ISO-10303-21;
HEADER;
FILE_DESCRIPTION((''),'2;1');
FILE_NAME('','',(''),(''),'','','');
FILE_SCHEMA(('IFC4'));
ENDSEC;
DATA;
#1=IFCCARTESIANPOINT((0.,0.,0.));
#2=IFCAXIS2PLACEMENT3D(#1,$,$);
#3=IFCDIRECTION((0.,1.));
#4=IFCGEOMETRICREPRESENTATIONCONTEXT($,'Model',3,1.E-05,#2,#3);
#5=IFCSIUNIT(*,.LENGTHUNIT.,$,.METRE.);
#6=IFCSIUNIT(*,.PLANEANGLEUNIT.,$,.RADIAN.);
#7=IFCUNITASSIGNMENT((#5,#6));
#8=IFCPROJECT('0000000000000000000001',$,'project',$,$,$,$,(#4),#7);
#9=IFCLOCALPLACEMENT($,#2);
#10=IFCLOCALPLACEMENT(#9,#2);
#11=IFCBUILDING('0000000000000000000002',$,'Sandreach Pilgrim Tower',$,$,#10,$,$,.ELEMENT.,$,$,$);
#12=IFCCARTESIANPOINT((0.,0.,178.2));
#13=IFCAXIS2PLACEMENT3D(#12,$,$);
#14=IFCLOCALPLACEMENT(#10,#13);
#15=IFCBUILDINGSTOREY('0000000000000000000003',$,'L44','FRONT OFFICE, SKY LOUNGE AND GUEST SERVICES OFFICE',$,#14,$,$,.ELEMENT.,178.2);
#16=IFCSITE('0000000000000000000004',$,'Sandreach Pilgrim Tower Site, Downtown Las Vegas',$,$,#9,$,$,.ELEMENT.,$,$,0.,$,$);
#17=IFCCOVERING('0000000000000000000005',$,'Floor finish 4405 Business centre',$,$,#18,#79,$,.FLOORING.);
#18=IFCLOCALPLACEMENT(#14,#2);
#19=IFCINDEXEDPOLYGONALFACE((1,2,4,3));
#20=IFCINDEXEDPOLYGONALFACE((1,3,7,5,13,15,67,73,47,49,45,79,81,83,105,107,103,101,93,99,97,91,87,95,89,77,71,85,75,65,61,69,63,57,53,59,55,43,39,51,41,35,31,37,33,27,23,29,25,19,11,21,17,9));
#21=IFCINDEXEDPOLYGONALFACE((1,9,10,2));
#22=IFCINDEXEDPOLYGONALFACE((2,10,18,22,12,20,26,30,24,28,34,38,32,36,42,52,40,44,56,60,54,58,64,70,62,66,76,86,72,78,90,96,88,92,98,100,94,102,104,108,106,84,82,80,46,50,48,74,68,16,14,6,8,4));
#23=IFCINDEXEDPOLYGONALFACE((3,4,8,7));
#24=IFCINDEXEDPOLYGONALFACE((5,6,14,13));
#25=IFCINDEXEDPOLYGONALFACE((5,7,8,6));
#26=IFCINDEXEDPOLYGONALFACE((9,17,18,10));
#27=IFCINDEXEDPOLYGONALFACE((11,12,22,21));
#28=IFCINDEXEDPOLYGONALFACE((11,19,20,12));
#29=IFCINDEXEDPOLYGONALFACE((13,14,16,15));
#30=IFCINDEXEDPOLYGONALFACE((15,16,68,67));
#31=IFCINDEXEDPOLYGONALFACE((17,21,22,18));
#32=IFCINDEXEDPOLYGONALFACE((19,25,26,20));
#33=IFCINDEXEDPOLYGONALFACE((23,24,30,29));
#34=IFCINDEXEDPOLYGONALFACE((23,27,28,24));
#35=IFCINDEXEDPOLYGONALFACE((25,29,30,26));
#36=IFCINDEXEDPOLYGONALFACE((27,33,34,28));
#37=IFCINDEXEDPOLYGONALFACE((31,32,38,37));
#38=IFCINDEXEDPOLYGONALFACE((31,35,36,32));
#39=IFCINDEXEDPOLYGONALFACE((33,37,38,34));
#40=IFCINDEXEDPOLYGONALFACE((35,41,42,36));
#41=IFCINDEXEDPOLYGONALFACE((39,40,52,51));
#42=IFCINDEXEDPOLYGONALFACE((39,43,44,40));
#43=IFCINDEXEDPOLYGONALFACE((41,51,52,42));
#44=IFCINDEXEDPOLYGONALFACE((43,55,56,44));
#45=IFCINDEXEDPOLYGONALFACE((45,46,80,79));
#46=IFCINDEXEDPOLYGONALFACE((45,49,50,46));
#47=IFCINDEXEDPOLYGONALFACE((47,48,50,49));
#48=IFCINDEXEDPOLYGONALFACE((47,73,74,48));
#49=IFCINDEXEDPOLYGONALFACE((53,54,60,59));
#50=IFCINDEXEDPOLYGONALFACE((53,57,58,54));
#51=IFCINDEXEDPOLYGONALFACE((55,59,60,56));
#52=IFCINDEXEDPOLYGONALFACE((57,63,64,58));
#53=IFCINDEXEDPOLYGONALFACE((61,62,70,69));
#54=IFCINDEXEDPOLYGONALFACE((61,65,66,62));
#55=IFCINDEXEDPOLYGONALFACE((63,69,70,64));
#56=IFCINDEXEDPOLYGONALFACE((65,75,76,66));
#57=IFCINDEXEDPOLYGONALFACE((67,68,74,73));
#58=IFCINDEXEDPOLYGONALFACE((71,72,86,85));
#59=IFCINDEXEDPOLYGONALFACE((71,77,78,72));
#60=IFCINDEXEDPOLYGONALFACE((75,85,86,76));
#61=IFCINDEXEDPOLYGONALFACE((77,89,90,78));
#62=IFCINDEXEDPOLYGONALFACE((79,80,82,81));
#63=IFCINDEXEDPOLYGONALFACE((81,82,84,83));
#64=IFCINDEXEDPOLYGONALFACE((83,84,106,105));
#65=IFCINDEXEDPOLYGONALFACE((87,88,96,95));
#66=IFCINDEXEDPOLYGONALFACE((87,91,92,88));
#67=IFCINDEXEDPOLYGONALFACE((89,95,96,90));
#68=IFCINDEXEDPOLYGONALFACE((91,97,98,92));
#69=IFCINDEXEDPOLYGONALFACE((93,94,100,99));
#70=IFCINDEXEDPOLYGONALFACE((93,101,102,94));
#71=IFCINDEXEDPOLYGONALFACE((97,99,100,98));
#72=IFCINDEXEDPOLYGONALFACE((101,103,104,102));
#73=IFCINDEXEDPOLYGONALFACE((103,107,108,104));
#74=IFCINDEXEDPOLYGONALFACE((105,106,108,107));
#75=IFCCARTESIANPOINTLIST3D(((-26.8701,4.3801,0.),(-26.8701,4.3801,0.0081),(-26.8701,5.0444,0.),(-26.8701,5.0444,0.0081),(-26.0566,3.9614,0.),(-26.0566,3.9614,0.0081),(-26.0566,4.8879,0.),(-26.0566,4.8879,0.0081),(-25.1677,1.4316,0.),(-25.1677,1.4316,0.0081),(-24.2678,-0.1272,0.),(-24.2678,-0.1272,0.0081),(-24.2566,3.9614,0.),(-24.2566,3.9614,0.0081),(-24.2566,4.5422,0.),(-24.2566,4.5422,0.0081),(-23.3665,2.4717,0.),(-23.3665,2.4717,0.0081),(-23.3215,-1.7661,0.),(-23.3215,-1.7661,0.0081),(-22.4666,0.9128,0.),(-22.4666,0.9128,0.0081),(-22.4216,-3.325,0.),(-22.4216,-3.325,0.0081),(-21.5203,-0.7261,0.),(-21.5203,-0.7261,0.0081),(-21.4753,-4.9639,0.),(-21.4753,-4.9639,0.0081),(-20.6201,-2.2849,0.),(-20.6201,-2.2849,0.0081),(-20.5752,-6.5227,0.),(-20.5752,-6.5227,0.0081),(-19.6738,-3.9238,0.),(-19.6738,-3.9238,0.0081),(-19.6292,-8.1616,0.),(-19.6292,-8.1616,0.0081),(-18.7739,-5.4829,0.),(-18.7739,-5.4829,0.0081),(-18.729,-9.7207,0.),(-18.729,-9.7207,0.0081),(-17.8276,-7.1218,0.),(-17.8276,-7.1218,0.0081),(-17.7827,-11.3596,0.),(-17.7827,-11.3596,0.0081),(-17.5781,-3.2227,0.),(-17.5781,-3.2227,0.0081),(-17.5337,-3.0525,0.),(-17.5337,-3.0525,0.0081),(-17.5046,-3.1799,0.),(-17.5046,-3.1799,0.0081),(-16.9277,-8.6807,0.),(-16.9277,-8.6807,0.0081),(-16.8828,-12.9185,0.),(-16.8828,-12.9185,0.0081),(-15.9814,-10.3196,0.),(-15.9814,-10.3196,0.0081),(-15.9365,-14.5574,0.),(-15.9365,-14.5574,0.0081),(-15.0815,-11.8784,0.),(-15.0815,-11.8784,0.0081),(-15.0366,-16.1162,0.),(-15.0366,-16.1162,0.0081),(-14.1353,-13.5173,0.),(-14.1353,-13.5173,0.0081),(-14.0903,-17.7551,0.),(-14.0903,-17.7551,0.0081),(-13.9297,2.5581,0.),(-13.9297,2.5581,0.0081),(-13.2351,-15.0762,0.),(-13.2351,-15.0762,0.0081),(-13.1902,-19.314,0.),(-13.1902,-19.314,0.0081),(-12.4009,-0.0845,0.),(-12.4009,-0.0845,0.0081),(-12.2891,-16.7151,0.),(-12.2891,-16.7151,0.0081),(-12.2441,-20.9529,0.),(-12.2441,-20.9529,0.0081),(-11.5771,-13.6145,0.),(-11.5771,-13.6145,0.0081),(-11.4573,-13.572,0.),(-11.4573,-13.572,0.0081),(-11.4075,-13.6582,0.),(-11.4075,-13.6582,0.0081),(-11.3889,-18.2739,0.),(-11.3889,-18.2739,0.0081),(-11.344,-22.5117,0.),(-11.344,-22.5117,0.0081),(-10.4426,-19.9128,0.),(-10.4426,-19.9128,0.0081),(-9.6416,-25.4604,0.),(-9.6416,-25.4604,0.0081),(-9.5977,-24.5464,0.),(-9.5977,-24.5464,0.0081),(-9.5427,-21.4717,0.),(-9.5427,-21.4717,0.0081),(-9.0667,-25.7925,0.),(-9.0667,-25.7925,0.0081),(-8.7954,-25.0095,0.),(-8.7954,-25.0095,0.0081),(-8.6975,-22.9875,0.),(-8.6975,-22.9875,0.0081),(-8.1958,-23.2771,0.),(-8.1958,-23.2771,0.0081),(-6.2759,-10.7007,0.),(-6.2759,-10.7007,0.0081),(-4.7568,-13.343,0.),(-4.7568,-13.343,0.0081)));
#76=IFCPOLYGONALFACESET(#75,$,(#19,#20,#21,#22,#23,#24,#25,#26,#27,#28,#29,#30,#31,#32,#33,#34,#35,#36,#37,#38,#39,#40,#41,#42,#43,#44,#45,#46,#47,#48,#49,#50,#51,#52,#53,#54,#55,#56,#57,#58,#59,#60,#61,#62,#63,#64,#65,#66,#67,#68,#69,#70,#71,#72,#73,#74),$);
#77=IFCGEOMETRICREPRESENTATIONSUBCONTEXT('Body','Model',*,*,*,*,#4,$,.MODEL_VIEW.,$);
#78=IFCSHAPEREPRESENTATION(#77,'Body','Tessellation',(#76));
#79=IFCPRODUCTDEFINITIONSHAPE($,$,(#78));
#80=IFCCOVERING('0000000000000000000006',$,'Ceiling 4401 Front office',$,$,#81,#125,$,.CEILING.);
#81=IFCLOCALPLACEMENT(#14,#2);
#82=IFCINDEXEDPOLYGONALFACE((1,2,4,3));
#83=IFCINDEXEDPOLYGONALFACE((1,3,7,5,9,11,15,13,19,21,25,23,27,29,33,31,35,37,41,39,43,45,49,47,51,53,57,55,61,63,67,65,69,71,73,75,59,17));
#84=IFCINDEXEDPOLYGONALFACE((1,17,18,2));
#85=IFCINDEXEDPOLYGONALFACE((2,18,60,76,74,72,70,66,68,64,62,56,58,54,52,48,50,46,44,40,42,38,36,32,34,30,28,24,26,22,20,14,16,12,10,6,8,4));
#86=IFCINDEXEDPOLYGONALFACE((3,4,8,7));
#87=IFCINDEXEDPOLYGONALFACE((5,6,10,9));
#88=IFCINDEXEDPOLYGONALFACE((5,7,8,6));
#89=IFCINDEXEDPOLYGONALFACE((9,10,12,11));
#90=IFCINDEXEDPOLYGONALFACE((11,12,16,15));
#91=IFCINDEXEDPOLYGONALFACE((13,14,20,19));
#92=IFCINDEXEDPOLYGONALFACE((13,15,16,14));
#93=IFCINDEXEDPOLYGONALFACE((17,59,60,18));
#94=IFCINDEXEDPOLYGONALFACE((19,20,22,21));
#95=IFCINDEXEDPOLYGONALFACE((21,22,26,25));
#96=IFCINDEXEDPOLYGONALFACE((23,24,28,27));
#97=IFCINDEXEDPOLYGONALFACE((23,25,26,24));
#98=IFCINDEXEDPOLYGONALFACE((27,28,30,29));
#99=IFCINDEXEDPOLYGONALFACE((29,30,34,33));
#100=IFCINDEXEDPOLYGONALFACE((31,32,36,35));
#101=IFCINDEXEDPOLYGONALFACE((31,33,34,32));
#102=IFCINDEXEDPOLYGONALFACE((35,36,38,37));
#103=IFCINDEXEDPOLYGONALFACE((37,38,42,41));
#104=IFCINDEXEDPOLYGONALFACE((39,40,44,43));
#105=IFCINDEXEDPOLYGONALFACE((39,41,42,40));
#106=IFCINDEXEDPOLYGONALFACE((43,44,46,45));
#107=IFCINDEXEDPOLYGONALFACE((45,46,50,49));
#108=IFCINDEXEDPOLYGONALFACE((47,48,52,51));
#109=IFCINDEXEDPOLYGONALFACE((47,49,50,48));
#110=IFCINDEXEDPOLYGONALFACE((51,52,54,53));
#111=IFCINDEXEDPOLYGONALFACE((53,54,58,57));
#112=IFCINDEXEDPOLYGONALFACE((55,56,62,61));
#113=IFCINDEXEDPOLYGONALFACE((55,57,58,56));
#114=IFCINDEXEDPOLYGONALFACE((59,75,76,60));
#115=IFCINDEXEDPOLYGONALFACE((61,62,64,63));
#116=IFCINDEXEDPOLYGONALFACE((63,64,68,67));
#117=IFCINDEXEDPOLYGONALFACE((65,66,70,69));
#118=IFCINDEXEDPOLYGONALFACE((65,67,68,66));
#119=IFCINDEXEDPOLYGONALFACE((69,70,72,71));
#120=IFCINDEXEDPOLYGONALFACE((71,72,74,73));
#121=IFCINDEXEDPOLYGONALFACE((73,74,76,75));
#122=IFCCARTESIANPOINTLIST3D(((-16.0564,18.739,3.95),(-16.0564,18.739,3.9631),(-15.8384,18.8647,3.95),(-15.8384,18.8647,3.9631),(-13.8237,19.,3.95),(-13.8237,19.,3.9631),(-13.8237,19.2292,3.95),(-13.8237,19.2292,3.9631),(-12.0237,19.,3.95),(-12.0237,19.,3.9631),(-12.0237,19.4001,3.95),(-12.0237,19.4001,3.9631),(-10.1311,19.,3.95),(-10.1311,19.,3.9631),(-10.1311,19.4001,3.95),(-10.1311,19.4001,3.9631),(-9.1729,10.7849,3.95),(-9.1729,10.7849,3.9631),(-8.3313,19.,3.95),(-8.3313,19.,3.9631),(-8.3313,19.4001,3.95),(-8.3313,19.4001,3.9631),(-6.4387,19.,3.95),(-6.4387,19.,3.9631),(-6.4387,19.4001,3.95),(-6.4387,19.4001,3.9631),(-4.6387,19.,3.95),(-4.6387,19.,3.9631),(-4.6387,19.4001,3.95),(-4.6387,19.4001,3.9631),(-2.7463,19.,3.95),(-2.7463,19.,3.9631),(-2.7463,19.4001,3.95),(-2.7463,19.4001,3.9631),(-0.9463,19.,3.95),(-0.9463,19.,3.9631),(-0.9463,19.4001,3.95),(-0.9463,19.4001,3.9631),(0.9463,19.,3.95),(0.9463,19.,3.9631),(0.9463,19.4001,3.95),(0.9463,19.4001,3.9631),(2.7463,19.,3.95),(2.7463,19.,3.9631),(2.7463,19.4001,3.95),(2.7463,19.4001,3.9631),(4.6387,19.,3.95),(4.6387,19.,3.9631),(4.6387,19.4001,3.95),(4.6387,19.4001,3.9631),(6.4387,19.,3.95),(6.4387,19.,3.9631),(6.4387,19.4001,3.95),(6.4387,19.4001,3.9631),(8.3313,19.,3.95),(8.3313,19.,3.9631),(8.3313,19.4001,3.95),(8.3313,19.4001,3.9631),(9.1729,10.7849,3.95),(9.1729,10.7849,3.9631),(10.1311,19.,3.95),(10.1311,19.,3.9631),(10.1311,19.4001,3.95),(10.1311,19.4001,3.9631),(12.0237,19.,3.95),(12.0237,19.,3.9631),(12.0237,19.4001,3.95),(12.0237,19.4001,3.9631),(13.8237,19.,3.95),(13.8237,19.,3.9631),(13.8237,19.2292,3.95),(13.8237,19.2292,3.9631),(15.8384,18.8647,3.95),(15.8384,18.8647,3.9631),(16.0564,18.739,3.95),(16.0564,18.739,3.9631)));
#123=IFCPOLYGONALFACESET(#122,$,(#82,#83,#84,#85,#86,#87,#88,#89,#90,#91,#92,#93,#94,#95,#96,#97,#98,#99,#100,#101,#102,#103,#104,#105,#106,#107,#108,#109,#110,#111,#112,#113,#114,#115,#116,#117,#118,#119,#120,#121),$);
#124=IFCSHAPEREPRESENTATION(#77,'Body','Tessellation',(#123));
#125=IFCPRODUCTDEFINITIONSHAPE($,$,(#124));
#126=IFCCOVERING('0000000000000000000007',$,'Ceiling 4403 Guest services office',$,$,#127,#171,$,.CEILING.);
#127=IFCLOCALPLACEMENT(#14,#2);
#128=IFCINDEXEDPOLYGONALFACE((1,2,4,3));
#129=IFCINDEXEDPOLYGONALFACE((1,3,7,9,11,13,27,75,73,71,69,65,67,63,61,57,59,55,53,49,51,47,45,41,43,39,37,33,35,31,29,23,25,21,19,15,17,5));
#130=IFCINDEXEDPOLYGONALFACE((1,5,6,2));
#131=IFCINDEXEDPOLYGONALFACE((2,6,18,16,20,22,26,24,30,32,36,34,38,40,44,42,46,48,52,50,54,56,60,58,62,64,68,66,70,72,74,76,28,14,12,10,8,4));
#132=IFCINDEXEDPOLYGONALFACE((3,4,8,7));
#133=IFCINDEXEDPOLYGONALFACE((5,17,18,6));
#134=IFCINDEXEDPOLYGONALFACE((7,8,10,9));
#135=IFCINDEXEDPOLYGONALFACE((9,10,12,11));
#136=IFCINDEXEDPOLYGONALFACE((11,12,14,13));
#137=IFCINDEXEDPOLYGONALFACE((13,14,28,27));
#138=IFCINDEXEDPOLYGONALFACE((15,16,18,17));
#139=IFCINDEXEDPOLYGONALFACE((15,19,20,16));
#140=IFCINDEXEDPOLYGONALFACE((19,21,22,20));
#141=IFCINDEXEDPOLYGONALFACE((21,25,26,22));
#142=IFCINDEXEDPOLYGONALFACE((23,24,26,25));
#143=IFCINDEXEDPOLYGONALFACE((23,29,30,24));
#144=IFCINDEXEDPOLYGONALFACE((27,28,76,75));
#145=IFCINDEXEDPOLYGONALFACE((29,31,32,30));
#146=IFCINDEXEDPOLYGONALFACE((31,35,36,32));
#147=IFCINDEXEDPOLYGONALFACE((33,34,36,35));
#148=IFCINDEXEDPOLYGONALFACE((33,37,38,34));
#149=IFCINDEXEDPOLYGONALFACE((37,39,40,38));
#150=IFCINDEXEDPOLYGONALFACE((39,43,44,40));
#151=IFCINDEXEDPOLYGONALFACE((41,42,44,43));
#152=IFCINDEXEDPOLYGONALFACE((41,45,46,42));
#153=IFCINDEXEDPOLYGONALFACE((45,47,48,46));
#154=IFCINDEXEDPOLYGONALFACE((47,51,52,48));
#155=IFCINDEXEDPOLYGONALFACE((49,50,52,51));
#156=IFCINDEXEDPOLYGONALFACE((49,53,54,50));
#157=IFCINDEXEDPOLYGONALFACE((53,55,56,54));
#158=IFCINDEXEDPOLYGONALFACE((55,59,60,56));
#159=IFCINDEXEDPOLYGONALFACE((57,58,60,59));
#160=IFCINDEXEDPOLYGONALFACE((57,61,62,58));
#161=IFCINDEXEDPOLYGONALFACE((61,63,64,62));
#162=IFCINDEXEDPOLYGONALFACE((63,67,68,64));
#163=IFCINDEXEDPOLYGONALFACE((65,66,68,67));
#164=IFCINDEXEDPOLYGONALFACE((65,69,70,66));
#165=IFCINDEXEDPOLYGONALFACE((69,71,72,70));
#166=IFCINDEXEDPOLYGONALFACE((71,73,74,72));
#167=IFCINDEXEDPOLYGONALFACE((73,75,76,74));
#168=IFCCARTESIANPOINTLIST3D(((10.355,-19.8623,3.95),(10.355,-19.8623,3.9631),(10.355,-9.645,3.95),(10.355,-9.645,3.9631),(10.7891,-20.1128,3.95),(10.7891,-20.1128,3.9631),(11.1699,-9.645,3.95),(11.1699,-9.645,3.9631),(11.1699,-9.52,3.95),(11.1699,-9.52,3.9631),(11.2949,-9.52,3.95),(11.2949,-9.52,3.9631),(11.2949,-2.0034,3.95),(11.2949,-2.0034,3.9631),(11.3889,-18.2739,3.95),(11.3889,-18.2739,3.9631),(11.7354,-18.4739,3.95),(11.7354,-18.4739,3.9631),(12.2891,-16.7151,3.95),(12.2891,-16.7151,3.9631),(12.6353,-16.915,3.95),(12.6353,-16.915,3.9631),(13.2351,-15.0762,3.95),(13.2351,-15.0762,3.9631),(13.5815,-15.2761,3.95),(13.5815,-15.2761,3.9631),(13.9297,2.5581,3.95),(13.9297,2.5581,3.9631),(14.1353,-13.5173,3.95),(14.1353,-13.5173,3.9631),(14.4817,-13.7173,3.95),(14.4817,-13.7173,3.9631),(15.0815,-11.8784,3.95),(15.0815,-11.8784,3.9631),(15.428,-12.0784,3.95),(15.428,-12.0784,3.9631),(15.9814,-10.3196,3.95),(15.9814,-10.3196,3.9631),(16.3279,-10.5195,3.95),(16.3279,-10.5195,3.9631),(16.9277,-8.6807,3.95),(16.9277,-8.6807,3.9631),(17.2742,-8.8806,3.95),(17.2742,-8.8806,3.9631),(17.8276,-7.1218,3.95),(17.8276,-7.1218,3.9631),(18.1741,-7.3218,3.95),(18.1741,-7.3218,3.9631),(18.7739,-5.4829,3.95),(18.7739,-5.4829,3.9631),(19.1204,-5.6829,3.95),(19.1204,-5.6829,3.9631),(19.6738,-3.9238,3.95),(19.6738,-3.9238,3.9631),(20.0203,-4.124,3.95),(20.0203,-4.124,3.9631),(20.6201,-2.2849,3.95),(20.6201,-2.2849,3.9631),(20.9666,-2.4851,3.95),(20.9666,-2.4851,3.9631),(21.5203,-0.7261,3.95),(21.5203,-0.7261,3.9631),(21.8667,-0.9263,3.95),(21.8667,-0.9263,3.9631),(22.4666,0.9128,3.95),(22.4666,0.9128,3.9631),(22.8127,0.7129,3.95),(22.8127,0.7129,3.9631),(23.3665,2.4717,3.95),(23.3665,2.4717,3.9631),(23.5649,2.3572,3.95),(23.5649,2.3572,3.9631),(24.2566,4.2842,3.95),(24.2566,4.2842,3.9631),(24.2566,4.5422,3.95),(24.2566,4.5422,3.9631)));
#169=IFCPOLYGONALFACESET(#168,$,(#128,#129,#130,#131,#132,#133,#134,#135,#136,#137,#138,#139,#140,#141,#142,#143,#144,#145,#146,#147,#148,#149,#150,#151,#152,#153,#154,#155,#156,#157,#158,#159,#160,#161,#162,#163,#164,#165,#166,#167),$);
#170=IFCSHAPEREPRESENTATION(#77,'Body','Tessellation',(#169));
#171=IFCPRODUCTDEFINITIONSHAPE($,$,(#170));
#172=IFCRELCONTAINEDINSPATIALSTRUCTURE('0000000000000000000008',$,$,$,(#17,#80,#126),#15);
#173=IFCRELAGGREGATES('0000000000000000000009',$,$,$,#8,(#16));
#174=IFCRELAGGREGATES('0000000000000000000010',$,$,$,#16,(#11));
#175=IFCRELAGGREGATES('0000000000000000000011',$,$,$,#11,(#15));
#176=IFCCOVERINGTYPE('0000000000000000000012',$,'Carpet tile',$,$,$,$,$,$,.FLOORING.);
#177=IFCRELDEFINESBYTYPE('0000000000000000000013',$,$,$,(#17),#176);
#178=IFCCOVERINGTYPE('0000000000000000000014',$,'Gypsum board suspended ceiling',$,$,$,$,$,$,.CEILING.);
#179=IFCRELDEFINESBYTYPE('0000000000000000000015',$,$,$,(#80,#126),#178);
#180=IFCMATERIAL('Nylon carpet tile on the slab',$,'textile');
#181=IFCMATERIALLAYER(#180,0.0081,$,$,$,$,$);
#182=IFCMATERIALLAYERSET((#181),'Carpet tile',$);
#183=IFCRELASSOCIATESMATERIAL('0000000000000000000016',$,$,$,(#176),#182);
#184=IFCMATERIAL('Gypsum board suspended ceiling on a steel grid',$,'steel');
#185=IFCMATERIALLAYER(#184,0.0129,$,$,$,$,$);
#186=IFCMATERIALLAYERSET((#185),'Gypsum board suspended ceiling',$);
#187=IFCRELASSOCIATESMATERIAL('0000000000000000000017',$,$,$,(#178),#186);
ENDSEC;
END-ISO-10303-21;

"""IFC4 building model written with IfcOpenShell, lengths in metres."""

from ifc_helpers import new_model, si_unit, direction, frame, origin, place, context, subcontext, project, spatial, polyline, outline, extrude, material, layer, layer_set, type_object, element, save


model = new_model("IFC4")

# Units and contexts
model_context = context("Model", 3, precision=1e-05, world=origin(), true_north=direction((0.0, 1.0)))
body_context = subcontext(model_context, "Body", "Model", "MODEL_VIEW")
ifc_project = project(units=[si_unit("LENGTHUNIT", "METRE"), si_unit("PLANEANGLEUNIT", "RADIAN")], contexts=[model_context])

# Site, building, storey
site_placement = place(None, origin())
site = spatial("IfcSite", under=ifc_project, at=site_placement, Name="Sandreach Pilgrim Tower Site, Downtown Las Vegas", CompositionType="ELEMENT", RefElevation=0.0)
building_placement = place(site_placement, origin())
building = spatial("IfcBuilding", under=site, at=building_placement, Name="Sandreach Pilgrim Tower", CompositionType="ELEMENT")
storey_placement = place(building_placement, frame((0.0, 0.0, 178.2)))
storey = spatial("IfcBuildingStorey", under=building, at=storey_placement, Name="L44", Description="FRONT OFFICE, SKY LOUNGE AND GUEST SERVICES OFFICE", CompositionType="ELEMENT", Elevation=178.2)

# Coverings
ifc_material_1 = material(Name="Nylon carpet tile on the slab", Category="textile")
ifc_layer_1 = layer(ifc_material_1, 0.0081)
ifc_layer_set_1 = layer_set([ifc_layer_1], Name="Carpet tile")
covering_type_1 = type_object("IfcCoveringType", Name="Carpet tile", PredefinedType="FLOORING", material=ifc_layer_set_1)
covering_1_placement = place(storey_placement, origin())
element("IfcCovering", 1, at=covering_1_placement, inside=storey, type_object=covering_type_1, Name="Floor finish 4405 Business centre", PredefinedType="FLOORING", context=body_context, shape_type="SweptSolid", body=[
    extrude(outline(polyline([(-26.8701, 4.3801), (-26.8701, 5.0444), (-26.0566, 4.8879), (-26.0566, 3.9614), (-24.2566, 3.9614), (-24.2566, 4.5422), (-13.9297, 2.5581), (-12.4009, -0.0845), (-17.5337, -3.0525), (-17.5046, -3.1799), (-17.5781, -3.2227), (-11.5771, -13.6145), (-11.4573, -13.572), (-11.4075, -13.6582), (-6.2759, -10.7007), (-4.7568, -13.343), (-8.1958, -23.2771), (-8.6975, -22.9875), (-9.5977, -24.5464), (-8.7954, -25.0095), (-9.0667, -25.7925), (-9.6416, -25.4604), (-11.344, -22.5117), (-9.5427, -21.4717), (-10.4426, -19.9128), (-12.2441, -20.9529), (-13.1902, -19.314), (-11.3889, -18.2739), (-12.2891, -16.7151), (-14.0903, -17.7551), (-15.0366, -16.1162), (-13.2351, -15.0762), (-14.1353, -13.5173), (-15.9365, -14.5574), (-16.8828, -12.9185), (-15.0815, -11.8784), (-15.9814, -10.3196), (-17.7827, -11.3596), (-18.729, -9.7207), (-16.9277, -8.6807), (-17.8276, -7.1218), (-19.6292, -8.1616), (-20.5752, -6.5227), (-18.7739, -5.4829), (-19.6738, -3.9238), (-21.4753, -4.9639), (-22.4216, -3.325), (-20.6201, -2.2849), (-21.5203, -0.7261), (-23.3215, -1.7661), (-24.2678, -0.1272), (-22.4666, 0.9128), (-23.3665, 2.4717), (-25.1677, 1.4316), (-26.8701, 4.3801)])), origin(), (0.0, 0.0, 1.0), 0.0081),
])
ifc_material_2 = material(Name="Gypsum board suspended ceiling on a steel grid", Category="steel")
ifc_layer_2 = layer(ifc_material_2, 0.0129)
ifc_layer_set_2 = layer_set([ifc_layer_2], Name="Gypsum board suspended ceiling")
covering_type_2 = type_object("IfcCoveringType", Name="Gypsum board suspended ceiling", PredefinedType="CEILING", material=ifc_layer_set_2)
covering_2_placement = place(storey_placement, frame((0.0, 0.0, 3.95)))
element("IfcCovering", 2, at=covering_2_placement, inside=storey, type_object=covering_type_2, Name="Ceiling 4401 Front office", PredefinedType="CEILING", context=body_context, shape_type="SweptSolid", body=[
    extrude(outline(polyline([(-2.7463, 19.4001), (-2.7463, 19.0), (-0.9463, 19.0), (-0.9463, 19.4001), (0.9463, 19.4001), (0.9463, 19.0), (2.7463, 19.0), (2.7463, 19.4001), (4.6387, 19.4001), (4.6387, 19.0), (6.4387, 19.0), (6.4387, 19.4001), (8.3313, 19.4001), (8.3313, 19.0), (10.1311, 19.0), (10.1311, 19.4001), (12.0237, 19.4001), (12.0237, 19.0), (13.8237, 19.0), (13.8237, 19.2292), (15.8384, 18.8647), (16.0564, 18.739), (9.1729, 10.7849), (-9.1729, 10.7849), (-16.0564, 18.739), (-15.8384, 18.8647), (-13.8237, 19.2292), (-13.8237, 19.0), (-12.0237, 19.0), (-12.0237, 19.4001), (-10.1311, 19.4001), (-10.1311, 19.0), (-8.3313, 19.0), (-8.3313, 19.4001), (-6.4387, 19.4001), (-6.4387, 19.0), (-4.6387, 19.0), (-4.6387, 19.4001), (-2.7463, 19.4001)])), origin(), (0.0, 0.0, 1.0), 0.0132),
])
covering_3_placement = place(storey_placement, frame((0.0, 0.0, 3.95)))
element("IfcCovering", 3, at=covering_3_placement, inside=storey, type_object=covering_type_2, Name="Ceiling 4403 Guest services office", PredefinedType="CEILING", context=body_context, shape_type="SweptSolid", body=[
    extrude(outline(polyline([(10.355, -9.645), (11.1699, -9.645), (11.1699, -9.52), (11.2949, -9.52), (11.2949, -2.0034), (13.9297, 2.5581), (24.2566, 4.5422), (24.2566, 4.2842), (23.5649, 2.3572), (23.3665, 2.4717), (22.4666, 0.9128), (22.8127, 0.7129), (21.8667, -0.9263), (21.5203, -0.7261), (20.6201, -2.2849), (20.9666, -2.4851), (20.0203, -4.124), (19.6738, -3.9238), (18.7739, -5.4829), (19.1204, -5.6829), (18.1741, -7.3218), (17.8276, -7.1218), (16.9277, -8.6807), (17.2742, -8.8806), (16.3279, -10.5195), (15.9814, -10.3196), (15.0815, -11.8784), (15.428, -12.0784), (14.4817, -13.7173), (14.1353, -13.5173), (13.2351, -15.0762), (13.5815, -15.2761), (12.6353, -16.915), (12.2891, -16.7151), (11.3889, -18.2739), (11.7354, -18.4739), (10.7891, -20.1128), (10.355, -19.8623), (10.355, -9.645)])), origin(), (0.0, 0.0, 1.0), 0.0132),
])

save(model, "model.ifc")
